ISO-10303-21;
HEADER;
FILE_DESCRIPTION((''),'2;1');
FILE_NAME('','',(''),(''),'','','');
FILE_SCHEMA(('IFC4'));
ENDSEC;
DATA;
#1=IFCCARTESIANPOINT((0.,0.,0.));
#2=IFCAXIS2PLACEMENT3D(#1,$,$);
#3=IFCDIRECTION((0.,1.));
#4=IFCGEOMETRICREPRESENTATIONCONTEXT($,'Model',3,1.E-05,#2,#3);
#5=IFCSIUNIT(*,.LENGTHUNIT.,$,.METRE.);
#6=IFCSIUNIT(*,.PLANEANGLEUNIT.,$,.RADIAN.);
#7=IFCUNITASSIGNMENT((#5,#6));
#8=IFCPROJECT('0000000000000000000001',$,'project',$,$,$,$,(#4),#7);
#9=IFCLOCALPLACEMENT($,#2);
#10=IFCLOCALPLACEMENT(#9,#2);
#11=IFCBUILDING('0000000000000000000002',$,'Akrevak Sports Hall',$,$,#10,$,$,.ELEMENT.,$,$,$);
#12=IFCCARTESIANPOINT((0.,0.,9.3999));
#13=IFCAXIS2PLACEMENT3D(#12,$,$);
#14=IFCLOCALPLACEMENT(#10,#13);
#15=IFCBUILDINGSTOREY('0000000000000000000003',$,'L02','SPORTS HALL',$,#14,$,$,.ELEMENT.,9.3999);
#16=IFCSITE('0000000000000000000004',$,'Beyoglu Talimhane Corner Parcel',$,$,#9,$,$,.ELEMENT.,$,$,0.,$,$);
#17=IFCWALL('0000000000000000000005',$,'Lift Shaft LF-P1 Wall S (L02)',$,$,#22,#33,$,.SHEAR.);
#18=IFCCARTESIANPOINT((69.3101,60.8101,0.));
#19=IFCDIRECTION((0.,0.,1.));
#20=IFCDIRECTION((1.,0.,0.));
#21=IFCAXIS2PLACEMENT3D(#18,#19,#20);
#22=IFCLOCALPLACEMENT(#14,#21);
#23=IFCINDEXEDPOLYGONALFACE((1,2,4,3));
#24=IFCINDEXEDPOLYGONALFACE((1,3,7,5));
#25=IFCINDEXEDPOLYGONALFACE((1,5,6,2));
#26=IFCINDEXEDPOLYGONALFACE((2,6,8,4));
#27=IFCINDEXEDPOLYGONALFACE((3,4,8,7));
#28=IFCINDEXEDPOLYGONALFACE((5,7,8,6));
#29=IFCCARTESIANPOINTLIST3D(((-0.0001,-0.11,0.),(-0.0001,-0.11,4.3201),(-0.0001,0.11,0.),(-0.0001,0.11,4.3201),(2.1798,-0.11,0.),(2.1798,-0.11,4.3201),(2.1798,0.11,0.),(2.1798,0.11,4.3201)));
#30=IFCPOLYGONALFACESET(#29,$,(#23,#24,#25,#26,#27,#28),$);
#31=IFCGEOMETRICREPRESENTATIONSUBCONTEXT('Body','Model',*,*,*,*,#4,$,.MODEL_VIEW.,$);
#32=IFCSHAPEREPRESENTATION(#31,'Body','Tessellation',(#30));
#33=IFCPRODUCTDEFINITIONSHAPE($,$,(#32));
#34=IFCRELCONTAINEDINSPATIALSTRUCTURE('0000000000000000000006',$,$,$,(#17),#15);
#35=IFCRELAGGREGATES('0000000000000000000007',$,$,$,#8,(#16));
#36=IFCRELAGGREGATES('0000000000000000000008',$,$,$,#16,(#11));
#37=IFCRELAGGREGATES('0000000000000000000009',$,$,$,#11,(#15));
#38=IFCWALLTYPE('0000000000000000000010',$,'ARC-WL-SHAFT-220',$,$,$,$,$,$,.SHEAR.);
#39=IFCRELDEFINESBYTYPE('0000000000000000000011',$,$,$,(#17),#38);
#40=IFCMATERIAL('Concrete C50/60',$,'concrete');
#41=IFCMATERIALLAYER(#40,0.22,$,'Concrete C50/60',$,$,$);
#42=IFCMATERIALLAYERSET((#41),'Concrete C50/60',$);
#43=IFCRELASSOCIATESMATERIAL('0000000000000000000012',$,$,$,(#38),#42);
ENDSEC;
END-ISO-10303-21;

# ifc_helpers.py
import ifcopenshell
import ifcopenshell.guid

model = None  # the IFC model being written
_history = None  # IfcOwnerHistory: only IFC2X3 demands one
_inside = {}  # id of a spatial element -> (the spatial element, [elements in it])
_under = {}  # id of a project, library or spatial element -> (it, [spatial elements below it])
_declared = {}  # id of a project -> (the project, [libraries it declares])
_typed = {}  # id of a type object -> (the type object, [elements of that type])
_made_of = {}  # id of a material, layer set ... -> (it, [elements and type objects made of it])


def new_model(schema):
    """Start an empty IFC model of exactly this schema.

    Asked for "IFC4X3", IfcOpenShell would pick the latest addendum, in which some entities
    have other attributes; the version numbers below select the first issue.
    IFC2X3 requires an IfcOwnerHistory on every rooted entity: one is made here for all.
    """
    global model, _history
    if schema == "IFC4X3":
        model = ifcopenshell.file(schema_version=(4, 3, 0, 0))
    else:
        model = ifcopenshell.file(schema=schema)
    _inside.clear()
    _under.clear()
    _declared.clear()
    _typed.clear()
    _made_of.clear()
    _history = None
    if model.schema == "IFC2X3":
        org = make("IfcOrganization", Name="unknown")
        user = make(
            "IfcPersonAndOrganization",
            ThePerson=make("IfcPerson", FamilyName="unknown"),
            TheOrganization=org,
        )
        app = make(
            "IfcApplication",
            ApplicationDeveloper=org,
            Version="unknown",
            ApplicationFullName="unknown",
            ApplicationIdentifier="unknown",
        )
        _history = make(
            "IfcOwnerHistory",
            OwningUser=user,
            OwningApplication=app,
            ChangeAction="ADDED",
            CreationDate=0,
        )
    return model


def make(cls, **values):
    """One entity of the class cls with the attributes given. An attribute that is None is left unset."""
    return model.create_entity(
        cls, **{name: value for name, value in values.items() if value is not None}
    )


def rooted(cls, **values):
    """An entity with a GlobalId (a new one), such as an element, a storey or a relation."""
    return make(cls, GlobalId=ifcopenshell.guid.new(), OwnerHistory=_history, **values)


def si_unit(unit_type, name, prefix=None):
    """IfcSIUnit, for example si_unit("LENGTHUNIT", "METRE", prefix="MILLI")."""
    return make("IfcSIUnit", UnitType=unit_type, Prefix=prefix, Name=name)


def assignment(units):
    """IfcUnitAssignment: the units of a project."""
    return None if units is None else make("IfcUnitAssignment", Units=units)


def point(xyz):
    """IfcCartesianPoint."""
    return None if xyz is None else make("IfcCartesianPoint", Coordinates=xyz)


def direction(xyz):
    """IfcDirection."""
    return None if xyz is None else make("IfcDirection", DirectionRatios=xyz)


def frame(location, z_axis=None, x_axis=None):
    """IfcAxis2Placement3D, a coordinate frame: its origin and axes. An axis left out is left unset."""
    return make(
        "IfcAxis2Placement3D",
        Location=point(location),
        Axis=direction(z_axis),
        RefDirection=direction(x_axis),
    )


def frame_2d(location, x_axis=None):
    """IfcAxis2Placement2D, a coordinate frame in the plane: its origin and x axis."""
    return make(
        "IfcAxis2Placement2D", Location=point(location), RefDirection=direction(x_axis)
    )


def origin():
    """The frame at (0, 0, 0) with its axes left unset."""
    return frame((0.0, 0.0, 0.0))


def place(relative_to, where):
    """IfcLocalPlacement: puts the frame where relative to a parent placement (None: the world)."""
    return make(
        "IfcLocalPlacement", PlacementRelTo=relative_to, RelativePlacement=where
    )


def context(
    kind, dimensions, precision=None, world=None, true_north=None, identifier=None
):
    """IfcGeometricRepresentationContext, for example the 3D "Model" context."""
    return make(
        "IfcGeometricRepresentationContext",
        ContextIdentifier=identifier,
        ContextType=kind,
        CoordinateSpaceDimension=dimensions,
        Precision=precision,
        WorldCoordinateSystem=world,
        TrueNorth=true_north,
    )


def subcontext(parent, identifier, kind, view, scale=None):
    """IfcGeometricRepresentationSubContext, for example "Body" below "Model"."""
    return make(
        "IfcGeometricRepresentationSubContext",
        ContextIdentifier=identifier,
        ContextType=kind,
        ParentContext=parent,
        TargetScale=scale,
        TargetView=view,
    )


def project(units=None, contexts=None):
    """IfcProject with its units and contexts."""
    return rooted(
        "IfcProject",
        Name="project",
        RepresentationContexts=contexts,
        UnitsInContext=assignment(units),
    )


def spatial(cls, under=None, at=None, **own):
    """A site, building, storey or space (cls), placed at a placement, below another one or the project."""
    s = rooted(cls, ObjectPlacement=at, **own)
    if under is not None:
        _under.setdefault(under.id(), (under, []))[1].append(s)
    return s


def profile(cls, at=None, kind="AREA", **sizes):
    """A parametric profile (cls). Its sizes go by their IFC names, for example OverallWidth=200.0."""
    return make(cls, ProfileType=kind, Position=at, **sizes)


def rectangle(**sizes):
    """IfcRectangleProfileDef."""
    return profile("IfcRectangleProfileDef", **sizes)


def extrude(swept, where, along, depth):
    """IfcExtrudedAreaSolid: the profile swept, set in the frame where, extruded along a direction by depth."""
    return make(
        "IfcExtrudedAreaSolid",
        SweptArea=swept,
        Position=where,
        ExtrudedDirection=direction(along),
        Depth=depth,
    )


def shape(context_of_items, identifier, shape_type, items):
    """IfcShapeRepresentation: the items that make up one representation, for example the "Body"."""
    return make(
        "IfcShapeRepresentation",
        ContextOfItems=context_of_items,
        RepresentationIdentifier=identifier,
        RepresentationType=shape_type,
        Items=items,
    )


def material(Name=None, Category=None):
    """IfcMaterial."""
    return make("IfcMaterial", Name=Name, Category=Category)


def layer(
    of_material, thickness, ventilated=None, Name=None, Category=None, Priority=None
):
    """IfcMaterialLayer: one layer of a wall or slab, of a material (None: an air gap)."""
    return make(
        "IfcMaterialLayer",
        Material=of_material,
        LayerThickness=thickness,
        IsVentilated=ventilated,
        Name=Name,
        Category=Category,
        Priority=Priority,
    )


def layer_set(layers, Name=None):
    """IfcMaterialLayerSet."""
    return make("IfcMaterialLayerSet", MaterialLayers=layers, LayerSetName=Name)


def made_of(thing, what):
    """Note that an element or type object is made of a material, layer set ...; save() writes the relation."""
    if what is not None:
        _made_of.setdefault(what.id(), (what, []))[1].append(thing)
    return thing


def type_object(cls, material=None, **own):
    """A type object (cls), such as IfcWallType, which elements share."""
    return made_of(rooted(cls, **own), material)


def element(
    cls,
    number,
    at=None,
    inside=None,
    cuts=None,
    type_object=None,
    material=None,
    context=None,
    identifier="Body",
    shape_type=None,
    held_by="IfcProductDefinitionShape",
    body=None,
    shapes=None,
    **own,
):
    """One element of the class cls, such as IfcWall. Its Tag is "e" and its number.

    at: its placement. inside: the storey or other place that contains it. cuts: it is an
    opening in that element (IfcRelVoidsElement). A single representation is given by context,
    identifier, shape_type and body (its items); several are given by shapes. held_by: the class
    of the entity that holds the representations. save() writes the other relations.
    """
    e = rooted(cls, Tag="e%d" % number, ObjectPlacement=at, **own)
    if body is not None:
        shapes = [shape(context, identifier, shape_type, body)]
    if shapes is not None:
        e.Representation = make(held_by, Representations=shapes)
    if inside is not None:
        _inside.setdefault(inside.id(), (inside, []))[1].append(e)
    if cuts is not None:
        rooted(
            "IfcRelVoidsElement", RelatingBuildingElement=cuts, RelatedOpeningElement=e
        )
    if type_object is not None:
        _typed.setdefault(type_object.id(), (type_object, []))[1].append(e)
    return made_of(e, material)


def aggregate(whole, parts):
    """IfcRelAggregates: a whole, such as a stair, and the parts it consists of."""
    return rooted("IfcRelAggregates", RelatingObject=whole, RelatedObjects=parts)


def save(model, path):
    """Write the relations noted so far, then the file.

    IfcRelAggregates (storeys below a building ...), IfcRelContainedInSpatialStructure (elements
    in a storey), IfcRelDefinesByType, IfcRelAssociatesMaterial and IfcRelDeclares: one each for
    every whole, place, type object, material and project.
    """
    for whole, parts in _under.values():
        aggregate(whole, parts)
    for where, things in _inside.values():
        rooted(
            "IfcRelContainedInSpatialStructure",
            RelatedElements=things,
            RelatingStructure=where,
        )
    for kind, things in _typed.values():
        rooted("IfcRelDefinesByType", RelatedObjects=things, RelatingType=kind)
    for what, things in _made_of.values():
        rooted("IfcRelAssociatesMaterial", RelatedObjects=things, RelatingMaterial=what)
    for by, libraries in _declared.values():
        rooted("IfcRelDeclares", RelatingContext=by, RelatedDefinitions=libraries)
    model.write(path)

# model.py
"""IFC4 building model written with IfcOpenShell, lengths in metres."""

from ifc_helpers import new_model, si_unit, direction, frame, frame_2d, origin, place, context, subcontext, project, spatial, rectangle, extrude, material, layer, layer_set, type_object, element, save


model = new_model("IFC4")

# Units and contexts
model_context = context("Model", 3, precision=1e-05, world=origin(), true_north=direction((0.0, 1.0)))
body_context = subcontext(model_context, "Body", "Model", "MODEL_VIEW")
ifc_project = project(units=[si_unit("LENGTHUNIT", "METRE"), si_unit("PLANEANGLEUNIT", "RADIAN")], contexts=[model_context])

# Site, building, storey
site_placement = place(None, origin())
site = spatial("IfcSite", under=ifc_project, at=site_placement, Name="Beyoglu Talimhane Corner Parcel", CompositionType="ELEMENT", RefElevation=0.0)
building_placement = place(site_placement, origin())
building = spatial("IfcBuilding", under=site, at=building_placement, Name="Akrevak Sports Hall", CompositionType="ELEMENT")
storey_placement = place(building_placement, frame((0.0, 0.0, 9.3999)))
storey = spatial("IfcBuildingStorey", under=building, at=storey_placement, Name="L02", Description="SPORTS HALL", CompositionType="ELEMENT", Elevation=9.3999)

# Shared definitions
ifc_material_1 = material(Name="Concrete C50/60", Category="concrete")

# Wall
ifc_layer_1 = layer(ifc_material_1, 0.22, Name="Concrete C50/60")
ifc_layer_set_1 = layer_set([ifc_layer_1], Name="Concrete C50/60")
wall_type_1 = type_object("IfcWallType", Name="ARC-WL-SHAFT-220", PredefinedType="SHEAR", material=ifc_layer_set_1)
wall_1_placement = place(storey_placement, frame((69.3101, 60.8101, 0.0), z_axis=(0.0, 0.0, 1.0), x_axis=(1.0, 0.0, 0.0)))
element("IfcWall", 1, at=wall_1_placement, inside=storey, type_object=wall_type_1, Name="Lift Shaft LF-P1 Wall S (L02)", PredefinedType="SHEAR", context=body_context, shape_type="SweptSolid", body=[
    extrude(rectangle(XDim=2.1799, YDim=0.22, at=frame_2d((1.0898, 0.0))), origin(), (0.0, 0.0, 1.0), 4.3201),
])

save(model, "model.ifc")
